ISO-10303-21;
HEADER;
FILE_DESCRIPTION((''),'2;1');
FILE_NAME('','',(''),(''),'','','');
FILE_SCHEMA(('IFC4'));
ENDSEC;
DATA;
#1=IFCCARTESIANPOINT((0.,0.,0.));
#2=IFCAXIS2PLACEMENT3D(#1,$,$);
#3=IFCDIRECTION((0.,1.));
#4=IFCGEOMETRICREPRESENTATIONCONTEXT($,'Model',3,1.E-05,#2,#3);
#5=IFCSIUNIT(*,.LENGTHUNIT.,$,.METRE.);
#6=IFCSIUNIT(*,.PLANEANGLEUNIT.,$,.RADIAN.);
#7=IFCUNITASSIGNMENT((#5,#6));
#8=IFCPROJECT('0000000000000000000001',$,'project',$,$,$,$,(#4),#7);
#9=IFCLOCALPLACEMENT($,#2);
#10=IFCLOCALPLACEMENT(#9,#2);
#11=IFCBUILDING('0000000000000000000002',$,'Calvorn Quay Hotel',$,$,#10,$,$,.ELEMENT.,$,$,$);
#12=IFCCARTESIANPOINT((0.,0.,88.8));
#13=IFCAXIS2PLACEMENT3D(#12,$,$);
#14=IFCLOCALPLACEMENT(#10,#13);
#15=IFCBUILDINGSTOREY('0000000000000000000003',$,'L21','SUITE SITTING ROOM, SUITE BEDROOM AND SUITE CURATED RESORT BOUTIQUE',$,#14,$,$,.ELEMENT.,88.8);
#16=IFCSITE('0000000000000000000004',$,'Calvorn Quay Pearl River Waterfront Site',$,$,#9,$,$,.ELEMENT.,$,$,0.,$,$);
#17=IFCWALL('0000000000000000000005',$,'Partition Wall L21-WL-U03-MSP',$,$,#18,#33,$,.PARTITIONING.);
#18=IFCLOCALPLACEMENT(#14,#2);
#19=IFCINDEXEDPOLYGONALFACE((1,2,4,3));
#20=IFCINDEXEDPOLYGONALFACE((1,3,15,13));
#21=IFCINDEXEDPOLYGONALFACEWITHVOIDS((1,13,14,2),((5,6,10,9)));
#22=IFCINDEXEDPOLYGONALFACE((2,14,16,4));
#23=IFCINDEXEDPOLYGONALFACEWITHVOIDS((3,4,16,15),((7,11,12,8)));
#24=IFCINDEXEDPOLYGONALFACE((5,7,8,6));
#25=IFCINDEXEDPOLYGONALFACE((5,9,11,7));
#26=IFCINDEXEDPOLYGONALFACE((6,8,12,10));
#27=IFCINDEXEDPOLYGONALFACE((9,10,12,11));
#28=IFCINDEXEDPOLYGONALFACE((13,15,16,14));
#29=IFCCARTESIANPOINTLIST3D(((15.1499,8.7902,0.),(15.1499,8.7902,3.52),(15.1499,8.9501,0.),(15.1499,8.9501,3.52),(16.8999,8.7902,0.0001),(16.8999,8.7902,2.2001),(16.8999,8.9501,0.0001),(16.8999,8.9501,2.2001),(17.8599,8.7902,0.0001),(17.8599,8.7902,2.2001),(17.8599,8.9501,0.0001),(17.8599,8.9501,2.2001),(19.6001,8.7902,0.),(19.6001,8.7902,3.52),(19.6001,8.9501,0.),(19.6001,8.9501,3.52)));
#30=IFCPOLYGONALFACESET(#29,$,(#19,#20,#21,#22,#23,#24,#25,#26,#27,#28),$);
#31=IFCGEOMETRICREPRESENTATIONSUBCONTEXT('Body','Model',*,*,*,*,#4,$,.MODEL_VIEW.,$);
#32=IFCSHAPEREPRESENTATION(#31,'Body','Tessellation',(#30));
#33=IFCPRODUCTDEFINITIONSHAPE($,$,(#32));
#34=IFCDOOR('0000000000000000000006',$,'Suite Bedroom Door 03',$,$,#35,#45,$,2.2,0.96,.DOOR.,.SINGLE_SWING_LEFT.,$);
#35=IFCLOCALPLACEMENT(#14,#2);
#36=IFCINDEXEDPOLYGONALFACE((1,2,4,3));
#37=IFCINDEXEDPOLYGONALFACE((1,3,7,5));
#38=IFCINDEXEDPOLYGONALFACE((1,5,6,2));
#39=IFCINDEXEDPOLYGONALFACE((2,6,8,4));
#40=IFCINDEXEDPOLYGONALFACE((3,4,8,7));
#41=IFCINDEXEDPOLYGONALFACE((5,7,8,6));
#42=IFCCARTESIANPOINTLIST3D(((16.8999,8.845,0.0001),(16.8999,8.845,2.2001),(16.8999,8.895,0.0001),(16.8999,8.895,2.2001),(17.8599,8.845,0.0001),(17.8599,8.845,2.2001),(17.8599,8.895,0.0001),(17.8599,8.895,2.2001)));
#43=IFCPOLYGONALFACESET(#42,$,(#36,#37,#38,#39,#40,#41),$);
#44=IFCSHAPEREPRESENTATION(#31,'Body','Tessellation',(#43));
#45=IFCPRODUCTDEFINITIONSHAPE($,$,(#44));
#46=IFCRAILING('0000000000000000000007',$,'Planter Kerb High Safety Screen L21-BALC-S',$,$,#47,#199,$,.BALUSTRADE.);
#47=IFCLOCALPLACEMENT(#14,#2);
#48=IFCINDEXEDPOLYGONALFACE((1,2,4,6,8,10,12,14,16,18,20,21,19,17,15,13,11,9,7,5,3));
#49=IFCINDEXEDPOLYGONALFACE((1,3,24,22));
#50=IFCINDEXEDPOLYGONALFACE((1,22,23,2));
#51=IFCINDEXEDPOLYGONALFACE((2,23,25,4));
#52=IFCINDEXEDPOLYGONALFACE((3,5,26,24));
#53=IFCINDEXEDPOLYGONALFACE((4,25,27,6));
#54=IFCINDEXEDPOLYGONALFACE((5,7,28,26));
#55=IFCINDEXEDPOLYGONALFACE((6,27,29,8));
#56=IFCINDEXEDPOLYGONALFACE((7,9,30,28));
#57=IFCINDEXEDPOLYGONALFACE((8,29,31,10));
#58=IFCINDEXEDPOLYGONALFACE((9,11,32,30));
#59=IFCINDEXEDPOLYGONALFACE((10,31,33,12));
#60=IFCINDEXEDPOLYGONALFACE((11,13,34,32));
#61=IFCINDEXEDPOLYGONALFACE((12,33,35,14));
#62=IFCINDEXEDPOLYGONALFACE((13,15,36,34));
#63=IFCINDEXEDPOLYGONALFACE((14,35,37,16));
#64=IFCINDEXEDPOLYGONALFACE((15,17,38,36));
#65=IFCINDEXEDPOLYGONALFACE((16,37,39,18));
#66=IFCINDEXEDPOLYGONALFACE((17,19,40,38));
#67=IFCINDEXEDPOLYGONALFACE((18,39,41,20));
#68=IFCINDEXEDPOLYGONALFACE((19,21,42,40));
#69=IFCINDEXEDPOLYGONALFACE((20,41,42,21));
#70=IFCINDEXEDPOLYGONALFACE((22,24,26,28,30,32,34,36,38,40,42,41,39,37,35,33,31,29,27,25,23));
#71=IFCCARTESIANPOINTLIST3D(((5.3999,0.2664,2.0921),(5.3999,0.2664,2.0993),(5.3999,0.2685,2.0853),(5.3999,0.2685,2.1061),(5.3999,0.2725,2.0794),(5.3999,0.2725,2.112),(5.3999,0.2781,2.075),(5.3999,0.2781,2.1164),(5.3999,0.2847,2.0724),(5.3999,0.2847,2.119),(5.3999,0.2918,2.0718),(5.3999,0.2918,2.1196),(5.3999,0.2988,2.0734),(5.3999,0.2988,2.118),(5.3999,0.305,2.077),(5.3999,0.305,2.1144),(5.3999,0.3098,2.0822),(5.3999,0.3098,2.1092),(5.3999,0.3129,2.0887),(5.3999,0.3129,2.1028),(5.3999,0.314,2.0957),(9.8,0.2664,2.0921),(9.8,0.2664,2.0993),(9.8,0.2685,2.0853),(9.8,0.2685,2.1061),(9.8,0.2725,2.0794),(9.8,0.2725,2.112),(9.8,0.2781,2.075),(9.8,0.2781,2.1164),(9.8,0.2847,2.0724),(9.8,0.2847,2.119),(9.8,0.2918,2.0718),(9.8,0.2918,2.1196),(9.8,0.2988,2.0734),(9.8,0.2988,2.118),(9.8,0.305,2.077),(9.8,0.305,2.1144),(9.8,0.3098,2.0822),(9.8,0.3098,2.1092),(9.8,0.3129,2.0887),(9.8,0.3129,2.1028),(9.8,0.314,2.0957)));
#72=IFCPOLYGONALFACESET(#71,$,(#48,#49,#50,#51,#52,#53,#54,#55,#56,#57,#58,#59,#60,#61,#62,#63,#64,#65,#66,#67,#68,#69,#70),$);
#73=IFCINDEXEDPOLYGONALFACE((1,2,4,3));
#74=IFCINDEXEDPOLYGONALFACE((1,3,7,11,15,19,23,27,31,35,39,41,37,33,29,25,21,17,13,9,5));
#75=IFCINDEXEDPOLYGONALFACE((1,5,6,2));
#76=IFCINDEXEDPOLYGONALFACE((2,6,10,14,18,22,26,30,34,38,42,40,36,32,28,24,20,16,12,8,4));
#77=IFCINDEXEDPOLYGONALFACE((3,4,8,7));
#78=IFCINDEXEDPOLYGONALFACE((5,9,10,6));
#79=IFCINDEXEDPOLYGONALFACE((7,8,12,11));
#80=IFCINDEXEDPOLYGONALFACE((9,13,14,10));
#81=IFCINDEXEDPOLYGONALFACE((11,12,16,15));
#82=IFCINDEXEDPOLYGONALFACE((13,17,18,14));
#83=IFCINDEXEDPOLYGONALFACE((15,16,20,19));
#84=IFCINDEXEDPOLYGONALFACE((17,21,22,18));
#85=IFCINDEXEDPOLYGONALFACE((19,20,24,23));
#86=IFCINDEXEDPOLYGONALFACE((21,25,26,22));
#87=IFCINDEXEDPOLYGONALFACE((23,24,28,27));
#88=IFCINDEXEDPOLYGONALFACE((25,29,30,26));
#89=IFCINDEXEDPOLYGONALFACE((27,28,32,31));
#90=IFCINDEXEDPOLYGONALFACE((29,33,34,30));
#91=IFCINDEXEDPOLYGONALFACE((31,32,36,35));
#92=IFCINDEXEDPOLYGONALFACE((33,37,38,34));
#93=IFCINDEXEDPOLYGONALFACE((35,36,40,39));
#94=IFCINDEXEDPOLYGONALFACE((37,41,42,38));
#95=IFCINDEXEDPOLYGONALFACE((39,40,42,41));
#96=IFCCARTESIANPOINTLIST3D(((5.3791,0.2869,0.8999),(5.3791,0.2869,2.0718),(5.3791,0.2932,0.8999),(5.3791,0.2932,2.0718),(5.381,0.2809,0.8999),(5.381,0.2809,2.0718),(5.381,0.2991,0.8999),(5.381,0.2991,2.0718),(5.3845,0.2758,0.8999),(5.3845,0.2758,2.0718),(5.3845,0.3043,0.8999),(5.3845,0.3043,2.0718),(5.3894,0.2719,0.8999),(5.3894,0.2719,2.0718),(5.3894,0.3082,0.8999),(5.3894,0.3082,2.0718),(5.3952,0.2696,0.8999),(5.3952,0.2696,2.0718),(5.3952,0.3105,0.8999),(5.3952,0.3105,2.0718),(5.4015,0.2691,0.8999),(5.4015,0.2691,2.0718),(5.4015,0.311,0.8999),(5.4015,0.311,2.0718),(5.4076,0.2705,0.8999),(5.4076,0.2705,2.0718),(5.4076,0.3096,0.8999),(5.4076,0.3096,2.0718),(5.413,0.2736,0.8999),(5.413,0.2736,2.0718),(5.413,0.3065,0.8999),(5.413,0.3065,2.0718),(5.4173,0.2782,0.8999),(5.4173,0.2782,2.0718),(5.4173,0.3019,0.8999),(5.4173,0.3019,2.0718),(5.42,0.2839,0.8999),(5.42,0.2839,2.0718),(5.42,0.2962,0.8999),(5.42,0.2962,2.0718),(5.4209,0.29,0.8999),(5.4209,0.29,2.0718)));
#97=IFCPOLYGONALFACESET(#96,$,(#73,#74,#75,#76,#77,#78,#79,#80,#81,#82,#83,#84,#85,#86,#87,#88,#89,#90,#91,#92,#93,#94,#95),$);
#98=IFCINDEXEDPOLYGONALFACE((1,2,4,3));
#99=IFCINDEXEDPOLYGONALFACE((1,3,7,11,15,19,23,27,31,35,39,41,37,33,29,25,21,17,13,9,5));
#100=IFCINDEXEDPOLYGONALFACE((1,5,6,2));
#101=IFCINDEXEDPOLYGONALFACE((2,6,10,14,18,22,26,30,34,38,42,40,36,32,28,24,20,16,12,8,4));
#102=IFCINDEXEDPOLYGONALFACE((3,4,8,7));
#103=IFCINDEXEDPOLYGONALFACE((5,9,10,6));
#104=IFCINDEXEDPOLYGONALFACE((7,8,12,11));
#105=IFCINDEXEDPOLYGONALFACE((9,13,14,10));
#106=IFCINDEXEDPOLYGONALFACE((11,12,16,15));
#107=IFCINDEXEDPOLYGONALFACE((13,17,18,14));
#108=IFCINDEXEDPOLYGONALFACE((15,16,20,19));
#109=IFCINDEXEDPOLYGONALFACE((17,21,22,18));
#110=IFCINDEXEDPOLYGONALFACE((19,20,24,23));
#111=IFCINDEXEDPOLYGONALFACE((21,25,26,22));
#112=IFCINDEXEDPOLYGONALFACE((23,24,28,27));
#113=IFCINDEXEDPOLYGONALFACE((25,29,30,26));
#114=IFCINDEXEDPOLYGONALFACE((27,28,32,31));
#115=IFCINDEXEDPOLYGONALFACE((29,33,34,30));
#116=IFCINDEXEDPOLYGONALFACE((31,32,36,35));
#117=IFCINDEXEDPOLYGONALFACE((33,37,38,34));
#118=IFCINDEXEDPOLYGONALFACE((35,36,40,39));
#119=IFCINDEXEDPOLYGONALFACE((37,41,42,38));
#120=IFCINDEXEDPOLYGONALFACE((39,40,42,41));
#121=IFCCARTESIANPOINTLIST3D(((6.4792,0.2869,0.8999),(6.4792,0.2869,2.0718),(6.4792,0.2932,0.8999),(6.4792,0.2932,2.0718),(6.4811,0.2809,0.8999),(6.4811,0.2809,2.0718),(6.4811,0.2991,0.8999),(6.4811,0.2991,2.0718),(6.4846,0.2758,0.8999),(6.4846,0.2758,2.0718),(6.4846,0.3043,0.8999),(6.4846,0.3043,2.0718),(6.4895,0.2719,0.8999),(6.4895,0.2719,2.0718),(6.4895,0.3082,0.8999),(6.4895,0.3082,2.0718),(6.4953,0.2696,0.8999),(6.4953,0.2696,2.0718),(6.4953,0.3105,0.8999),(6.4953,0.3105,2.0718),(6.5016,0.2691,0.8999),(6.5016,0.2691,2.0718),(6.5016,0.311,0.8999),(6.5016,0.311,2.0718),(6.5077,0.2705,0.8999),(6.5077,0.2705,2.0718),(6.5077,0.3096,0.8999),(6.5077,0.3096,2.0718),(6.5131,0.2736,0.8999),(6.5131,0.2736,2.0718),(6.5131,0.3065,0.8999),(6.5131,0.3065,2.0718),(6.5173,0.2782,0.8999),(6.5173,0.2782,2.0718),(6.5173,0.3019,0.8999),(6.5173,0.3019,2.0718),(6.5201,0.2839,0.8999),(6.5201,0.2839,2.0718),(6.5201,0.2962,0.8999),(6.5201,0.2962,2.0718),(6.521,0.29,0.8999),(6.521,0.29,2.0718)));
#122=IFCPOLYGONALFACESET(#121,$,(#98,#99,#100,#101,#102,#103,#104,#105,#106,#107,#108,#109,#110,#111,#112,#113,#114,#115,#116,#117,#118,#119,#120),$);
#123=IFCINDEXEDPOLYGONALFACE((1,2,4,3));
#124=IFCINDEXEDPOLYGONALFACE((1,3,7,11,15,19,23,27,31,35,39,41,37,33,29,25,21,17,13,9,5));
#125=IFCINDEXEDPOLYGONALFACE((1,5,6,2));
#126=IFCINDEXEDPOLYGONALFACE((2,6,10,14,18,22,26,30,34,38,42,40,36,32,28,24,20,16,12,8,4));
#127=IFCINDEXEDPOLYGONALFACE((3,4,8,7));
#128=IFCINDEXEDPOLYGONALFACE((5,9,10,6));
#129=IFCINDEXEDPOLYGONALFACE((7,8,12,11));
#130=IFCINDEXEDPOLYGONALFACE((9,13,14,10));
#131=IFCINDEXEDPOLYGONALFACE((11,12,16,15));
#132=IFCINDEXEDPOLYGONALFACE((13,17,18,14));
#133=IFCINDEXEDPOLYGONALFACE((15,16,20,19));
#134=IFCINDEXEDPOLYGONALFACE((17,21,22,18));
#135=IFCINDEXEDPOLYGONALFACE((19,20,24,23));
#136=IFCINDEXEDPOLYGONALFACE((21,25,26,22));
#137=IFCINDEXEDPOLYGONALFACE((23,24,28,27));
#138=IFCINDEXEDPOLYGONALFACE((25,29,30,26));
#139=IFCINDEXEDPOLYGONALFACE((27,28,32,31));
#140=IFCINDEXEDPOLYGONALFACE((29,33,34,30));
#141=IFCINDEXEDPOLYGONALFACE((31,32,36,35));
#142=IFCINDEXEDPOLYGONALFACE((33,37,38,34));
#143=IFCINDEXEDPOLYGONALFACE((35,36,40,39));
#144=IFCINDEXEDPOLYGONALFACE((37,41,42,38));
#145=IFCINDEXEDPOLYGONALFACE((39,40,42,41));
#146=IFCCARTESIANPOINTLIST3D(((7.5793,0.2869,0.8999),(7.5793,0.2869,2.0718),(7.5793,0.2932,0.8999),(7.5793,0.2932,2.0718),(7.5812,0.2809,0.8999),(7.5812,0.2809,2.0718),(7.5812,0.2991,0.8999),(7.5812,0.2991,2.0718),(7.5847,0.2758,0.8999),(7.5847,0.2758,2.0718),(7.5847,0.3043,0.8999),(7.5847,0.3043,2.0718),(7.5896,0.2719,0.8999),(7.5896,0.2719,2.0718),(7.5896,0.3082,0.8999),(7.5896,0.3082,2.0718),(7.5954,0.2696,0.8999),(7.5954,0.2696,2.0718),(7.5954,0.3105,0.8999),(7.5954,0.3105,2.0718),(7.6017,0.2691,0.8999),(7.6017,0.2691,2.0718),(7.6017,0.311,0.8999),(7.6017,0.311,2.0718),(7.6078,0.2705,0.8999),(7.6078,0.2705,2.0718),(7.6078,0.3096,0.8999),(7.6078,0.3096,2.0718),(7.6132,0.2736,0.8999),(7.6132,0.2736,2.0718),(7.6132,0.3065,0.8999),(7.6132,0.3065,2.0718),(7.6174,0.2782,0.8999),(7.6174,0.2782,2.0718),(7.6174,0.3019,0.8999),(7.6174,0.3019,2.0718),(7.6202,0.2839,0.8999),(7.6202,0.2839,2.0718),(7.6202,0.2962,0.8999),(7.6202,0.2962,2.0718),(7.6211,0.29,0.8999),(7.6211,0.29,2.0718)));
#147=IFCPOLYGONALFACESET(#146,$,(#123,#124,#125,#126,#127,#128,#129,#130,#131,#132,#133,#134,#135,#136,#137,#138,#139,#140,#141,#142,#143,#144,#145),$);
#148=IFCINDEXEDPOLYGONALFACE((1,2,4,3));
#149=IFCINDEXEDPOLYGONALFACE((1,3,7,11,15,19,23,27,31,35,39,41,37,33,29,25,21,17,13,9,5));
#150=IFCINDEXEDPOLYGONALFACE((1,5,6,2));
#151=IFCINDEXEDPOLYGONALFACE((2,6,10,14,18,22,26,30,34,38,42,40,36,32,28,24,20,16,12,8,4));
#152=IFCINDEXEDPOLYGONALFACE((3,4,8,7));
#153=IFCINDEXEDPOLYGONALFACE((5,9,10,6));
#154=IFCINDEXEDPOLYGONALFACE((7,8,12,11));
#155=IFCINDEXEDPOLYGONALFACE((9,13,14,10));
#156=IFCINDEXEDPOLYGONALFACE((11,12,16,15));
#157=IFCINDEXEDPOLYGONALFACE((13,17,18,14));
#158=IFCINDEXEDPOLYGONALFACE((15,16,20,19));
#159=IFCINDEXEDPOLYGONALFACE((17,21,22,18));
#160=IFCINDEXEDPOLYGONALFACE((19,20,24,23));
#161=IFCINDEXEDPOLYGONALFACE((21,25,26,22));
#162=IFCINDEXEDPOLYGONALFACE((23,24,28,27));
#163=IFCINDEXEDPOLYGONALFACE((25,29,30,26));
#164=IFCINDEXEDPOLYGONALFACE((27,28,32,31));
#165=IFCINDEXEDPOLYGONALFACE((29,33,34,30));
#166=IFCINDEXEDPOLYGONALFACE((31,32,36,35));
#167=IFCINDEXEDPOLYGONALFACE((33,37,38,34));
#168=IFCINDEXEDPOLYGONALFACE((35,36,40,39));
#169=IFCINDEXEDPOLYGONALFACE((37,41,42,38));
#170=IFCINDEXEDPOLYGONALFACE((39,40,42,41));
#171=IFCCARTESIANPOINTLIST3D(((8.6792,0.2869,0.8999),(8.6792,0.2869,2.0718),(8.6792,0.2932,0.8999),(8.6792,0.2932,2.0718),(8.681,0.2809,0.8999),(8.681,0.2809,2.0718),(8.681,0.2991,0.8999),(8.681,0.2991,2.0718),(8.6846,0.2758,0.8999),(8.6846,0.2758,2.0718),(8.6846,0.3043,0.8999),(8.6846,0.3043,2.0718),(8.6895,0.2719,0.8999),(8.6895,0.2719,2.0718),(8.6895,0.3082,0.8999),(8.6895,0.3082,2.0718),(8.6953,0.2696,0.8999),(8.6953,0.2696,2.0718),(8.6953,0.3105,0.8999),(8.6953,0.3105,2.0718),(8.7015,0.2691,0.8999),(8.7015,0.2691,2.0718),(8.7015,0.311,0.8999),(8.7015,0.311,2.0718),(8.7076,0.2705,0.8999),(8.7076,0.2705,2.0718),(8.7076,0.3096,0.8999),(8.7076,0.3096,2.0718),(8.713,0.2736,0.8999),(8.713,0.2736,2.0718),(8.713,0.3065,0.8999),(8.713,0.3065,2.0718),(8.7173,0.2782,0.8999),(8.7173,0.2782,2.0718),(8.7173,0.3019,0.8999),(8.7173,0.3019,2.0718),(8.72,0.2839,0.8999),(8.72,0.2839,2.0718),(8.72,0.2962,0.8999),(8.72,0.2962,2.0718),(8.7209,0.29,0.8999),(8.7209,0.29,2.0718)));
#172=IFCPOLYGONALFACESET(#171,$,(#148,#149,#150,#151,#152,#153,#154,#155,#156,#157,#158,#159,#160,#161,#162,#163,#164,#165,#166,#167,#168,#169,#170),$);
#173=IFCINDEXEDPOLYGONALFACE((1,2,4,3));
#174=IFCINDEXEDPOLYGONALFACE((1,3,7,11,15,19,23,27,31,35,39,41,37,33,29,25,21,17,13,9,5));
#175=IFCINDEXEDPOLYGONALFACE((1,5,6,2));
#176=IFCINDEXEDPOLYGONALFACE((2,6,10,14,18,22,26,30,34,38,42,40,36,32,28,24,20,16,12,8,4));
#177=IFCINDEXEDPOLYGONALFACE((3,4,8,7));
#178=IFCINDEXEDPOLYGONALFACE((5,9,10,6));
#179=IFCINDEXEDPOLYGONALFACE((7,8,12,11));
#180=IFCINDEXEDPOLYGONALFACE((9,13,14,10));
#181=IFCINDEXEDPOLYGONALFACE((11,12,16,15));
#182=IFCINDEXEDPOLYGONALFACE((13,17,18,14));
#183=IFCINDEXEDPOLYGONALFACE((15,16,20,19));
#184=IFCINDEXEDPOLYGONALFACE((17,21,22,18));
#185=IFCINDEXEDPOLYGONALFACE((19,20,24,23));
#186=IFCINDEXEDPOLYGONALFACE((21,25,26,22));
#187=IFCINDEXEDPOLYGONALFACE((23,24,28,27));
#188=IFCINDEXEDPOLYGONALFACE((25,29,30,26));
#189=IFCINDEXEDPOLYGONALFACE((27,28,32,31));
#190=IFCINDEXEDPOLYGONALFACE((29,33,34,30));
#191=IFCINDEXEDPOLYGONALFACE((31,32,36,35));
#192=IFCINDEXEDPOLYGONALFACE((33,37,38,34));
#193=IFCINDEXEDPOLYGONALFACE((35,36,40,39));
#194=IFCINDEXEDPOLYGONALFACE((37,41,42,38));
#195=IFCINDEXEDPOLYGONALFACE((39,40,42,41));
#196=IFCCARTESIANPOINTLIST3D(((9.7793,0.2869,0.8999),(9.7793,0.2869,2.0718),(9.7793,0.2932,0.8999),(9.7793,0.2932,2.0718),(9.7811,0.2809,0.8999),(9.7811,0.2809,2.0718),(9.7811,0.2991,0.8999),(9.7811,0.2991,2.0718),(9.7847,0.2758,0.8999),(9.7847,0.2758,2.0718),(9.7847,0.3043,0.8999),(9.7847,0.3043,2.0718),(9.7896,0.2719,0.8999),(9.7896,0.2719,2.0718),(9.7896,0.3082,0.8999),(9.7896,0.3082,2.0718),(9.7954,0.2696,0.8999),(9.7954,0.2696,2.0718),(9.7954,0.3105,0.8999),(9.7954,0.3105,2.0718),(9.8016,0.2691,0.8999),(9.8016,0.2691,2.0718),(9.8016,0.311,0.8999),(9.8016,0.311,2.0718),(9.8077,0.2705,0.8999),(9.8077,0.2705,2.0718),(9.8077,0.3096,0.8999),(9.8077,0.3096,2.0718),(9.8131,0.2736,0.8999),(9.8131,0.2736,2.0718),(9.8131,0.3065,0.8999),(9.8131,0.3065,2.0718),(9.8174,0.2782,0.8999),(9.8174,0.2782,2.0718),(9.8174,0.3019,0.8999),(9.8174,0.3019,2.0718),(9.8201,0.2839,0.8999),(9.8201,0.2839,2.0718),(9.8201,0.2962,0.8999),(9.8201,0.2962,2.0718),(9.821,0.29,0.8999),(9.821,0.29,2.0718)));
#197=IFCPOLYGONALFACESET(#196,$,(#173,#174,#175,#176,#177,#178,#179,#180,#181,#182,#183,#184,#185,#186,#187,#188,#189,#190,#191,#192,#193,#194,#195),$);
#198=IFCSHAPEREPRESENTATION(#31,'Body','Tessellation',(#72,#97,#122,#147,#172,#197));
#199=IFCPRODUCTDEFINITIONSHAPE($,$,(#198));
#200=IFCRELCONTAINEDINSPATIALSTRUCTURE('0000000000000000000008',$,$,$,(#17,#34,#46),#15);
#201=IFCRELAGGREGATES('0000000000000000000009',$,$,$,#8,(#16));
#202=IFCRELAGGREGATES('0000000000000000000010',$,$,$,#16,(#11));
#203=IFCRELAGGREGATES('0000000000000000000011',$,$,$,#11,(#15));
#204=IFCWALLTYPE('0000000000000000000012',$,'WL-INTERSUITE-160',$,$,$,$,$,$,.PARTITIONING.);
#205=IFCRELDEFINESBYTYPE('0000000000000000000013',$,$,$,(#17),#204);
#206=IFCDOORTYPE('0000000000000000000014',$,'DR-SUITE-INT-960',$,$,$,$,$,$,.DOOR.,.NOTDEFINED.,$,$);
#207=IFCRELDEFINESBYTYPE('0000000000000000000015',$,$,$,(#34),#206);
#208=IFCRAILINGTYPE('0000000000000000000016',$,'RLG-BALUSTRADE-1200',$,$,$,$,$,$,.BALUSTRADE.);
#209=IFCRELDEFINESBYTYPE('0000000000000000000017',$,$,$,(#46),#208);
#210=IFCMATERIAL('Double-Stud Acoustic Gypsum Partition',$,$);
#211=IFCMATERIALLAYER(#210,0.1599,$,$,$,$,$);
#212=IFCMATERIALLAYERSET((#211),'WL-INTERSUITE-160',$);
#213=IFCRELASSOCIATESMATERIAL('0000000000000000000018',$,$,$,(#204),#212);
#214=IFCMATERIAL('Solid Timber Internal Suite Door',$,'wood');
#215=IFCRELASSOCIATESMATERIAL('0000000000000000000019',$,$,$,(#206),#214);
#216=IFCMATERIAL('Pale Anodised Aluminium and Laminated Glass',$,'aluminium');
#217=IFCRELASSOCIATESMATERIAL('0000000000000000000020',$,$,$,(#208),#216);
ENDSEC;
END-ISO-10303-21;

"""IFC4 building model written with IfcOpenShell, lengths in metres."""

from ifc_helpers import new_model, si_unit, direction, frame, frame_2d, origin, origin_2d, place, context, subcontext, project, spatial, rectangle, circle, extrude, material, layer, layer_set, type_object, element, fill, save


model = new_model("IFC4")

# Units and contexts
model_context = context("Model", 3, precision=1e-05, world=origin(), true_north=direction((0.0, 1.0)))
body_context = subcontext(model_context, "Body", "Model", "MODEL_VIEW")
ifc_project = project(units=[si_unit("LENGTHUNIT", "METRE"), si_unit("PLANEANGLEUNIT", "RADIAN")], contexts=[model_context])

# Site, building, storey
site_placement = place(None, origin())
site = spatial("IfcSite", under=ifc_project, at=site_placement, Name="Calvorn Quay Pearl River Waterfront Site", CompositionType="ELEMENT", RefElevation=0.0)
building_placement = place(site_placement, origin())
building = spatial("IfcBuilding", under=site, at=building_placement, Name="Calvorn Quay Hotel", CompositionType="ELEMENT")
storey_placement = place(building_placement, frame((0.0, 0.0, 88.8)))
storey = spatial("IfcBuildingStorey", under=building, at=storey_placement, Name="L21", Description="SUITE SITTING ROOM, SUITE BEDROOM AND SUITE CURATED RESORT BOUTIQUE", CompositionType="ELEMENT", Elevation=88.8)

# Wall, opening, door
ifc_material_1 = material(Name="Double-Stud Acoustic Gypsum Partition")
ifc_layer_1 = layer(ifc_material_1, 0.1599)
ifc_layer_set_1 = layer_set([ifc_layer_1], Name="WL-INTERSUITE-160")
wall_type_1 = type_object("IfcWallType", Name="WL-INTERSUITE-160", PredefinedType="PARTITIONING", material=ifc_layer_set_1)
ifc_material_2 = material(Name="Solid Timber Internal Suite Door", Category="wood")
door_type_1 = type_object("IfcDoorType", Name="DR-SUITE-INT-960", OperationType="NOTDEFINED", PredefinedType="DOOR", material=ifc_material_2)
wall_1_placement = place(storey_placement, frame((15.1499, 8.8701, 0.0), z_axis=(0.0, 0.0, 1.0), x_axis=(1.0, 0.0, 0.0)))
wall_1 = element("IfcWall", 1, at=wall_1_placement, inside=storey, type_object=wall_type_1, Name="Partition Wall L21-WL-U03-MSP", PredefinedType="PARTITIONING", context=body_context, shape_type="SweptSolid", body=[
    extrude(rectangle(XDim=4.4502, YDim=0.1599, at=frame_2d((2.2251, 0.0))), origin(), (0.0, 0.0, 1.0), 3.52),
])
opening_1_placement = place(wall_1_placement, frame((1.75, 0.0, 0.0)))
opening_1 = element("IfcOpeningElement", 2, at=opening_1_placement, cuts=wall_1, PredefinedType="OPENING", context=body_context, shape_type="SweptSolid", body=[
    extrude(rectangle(XDim=0.96, YDim=2.2, at=frame_2d((0.48, 1.1001))), frame((0.0, 0.0898, 0.0), z_axis=(0.0, -1.0, 0.0), x_axis=(1.0, 0.0, 0.0)), (0.0, 0.0, 1.0), 0.1799),
])
door_1_placement = place(opening_1_placement, origin())
door_1 = element("IfcDoor", 3, at=door_1_placement, inside=storey, type_object=door_type_1, Name="Suite Bedroom Door 03", OperationType="SINGLE_SWING_LEFT", OverallHeight=2.2, OverallWidth=0.96, PredefinedType="DOOR", context=body_context, shape_type="SweptSolid", body=[
    extrude(rectangle(XDim=0.96, YDim=2.2, at=frame_2d((0.48, 1.1001))), frame((0.0, 0.0249, 0.0), z_axis=(0.0, -1.0, 0.0), x_axis=(1.0, 0.0, 0.0)), (0.0, 0.0, 1.0), 0.05),
])
fill(opening_1, door_1)

# Railing
ifc_material_3 = material(Name="Pale Anodised Aluminium and Laminated Glass", Category="aluminium")
railing_type = type_object("IfcRailingType", Name="RLG-BALUSTRADE-1200", PredefinedType="BALUSTRADE", material=ifc_material_3)
railing_1_placement = place(storey_placement, frame((5.3999, 0.29, 0.8999)))
element("IfcRailing", 4, at=railing_1_placement, inside=storey, type_object=railing_type, Name="Planter Kerb High Safety Screen L21-BALC-S", PredefinedType="BALUSTRADE", context=body_context, shape_type="SweptSolid", body=[
    extrude(circle(Radius=0.0239, at=origin_2d()), frame((0.0, 0.0, 1.1958), z_axis=(1.0, 0.0, 0.0), x_axis=(0.0, 1.0, 0.0)), (0.0, 0.0, 1.0), 4.4001),
    extrude(circle(Radius=0.021, at=origin_2d()), origin(), (0.0, 0.0, 1.0), 1.1719),
    extrude(circle(Radius=0.021, at=origin_2d()), frame((1.1001, 0.0, 0.0)), (0.0, 0.0, 1.0), 1.1719),
    extrude(circle(Radius=0.021, at=origin_2d()), frame((2.2002, 0.0, 0.0)), (0.0, 0.0, 1.0), 1.1719),
    extrude(circle(Radius=0.021, at=origin_2d()), frame((3.3, 0.0, 0.0)), (0.0, 0.0, 1.0), 1.1719),
    extrude(circle(Radius=0.021, at=origin_2d()), frame((4.4001, 0.0, 0.0)), (0.0, 0.0, 1.0), 1.1719),
])

save(model, "model.ifc")
